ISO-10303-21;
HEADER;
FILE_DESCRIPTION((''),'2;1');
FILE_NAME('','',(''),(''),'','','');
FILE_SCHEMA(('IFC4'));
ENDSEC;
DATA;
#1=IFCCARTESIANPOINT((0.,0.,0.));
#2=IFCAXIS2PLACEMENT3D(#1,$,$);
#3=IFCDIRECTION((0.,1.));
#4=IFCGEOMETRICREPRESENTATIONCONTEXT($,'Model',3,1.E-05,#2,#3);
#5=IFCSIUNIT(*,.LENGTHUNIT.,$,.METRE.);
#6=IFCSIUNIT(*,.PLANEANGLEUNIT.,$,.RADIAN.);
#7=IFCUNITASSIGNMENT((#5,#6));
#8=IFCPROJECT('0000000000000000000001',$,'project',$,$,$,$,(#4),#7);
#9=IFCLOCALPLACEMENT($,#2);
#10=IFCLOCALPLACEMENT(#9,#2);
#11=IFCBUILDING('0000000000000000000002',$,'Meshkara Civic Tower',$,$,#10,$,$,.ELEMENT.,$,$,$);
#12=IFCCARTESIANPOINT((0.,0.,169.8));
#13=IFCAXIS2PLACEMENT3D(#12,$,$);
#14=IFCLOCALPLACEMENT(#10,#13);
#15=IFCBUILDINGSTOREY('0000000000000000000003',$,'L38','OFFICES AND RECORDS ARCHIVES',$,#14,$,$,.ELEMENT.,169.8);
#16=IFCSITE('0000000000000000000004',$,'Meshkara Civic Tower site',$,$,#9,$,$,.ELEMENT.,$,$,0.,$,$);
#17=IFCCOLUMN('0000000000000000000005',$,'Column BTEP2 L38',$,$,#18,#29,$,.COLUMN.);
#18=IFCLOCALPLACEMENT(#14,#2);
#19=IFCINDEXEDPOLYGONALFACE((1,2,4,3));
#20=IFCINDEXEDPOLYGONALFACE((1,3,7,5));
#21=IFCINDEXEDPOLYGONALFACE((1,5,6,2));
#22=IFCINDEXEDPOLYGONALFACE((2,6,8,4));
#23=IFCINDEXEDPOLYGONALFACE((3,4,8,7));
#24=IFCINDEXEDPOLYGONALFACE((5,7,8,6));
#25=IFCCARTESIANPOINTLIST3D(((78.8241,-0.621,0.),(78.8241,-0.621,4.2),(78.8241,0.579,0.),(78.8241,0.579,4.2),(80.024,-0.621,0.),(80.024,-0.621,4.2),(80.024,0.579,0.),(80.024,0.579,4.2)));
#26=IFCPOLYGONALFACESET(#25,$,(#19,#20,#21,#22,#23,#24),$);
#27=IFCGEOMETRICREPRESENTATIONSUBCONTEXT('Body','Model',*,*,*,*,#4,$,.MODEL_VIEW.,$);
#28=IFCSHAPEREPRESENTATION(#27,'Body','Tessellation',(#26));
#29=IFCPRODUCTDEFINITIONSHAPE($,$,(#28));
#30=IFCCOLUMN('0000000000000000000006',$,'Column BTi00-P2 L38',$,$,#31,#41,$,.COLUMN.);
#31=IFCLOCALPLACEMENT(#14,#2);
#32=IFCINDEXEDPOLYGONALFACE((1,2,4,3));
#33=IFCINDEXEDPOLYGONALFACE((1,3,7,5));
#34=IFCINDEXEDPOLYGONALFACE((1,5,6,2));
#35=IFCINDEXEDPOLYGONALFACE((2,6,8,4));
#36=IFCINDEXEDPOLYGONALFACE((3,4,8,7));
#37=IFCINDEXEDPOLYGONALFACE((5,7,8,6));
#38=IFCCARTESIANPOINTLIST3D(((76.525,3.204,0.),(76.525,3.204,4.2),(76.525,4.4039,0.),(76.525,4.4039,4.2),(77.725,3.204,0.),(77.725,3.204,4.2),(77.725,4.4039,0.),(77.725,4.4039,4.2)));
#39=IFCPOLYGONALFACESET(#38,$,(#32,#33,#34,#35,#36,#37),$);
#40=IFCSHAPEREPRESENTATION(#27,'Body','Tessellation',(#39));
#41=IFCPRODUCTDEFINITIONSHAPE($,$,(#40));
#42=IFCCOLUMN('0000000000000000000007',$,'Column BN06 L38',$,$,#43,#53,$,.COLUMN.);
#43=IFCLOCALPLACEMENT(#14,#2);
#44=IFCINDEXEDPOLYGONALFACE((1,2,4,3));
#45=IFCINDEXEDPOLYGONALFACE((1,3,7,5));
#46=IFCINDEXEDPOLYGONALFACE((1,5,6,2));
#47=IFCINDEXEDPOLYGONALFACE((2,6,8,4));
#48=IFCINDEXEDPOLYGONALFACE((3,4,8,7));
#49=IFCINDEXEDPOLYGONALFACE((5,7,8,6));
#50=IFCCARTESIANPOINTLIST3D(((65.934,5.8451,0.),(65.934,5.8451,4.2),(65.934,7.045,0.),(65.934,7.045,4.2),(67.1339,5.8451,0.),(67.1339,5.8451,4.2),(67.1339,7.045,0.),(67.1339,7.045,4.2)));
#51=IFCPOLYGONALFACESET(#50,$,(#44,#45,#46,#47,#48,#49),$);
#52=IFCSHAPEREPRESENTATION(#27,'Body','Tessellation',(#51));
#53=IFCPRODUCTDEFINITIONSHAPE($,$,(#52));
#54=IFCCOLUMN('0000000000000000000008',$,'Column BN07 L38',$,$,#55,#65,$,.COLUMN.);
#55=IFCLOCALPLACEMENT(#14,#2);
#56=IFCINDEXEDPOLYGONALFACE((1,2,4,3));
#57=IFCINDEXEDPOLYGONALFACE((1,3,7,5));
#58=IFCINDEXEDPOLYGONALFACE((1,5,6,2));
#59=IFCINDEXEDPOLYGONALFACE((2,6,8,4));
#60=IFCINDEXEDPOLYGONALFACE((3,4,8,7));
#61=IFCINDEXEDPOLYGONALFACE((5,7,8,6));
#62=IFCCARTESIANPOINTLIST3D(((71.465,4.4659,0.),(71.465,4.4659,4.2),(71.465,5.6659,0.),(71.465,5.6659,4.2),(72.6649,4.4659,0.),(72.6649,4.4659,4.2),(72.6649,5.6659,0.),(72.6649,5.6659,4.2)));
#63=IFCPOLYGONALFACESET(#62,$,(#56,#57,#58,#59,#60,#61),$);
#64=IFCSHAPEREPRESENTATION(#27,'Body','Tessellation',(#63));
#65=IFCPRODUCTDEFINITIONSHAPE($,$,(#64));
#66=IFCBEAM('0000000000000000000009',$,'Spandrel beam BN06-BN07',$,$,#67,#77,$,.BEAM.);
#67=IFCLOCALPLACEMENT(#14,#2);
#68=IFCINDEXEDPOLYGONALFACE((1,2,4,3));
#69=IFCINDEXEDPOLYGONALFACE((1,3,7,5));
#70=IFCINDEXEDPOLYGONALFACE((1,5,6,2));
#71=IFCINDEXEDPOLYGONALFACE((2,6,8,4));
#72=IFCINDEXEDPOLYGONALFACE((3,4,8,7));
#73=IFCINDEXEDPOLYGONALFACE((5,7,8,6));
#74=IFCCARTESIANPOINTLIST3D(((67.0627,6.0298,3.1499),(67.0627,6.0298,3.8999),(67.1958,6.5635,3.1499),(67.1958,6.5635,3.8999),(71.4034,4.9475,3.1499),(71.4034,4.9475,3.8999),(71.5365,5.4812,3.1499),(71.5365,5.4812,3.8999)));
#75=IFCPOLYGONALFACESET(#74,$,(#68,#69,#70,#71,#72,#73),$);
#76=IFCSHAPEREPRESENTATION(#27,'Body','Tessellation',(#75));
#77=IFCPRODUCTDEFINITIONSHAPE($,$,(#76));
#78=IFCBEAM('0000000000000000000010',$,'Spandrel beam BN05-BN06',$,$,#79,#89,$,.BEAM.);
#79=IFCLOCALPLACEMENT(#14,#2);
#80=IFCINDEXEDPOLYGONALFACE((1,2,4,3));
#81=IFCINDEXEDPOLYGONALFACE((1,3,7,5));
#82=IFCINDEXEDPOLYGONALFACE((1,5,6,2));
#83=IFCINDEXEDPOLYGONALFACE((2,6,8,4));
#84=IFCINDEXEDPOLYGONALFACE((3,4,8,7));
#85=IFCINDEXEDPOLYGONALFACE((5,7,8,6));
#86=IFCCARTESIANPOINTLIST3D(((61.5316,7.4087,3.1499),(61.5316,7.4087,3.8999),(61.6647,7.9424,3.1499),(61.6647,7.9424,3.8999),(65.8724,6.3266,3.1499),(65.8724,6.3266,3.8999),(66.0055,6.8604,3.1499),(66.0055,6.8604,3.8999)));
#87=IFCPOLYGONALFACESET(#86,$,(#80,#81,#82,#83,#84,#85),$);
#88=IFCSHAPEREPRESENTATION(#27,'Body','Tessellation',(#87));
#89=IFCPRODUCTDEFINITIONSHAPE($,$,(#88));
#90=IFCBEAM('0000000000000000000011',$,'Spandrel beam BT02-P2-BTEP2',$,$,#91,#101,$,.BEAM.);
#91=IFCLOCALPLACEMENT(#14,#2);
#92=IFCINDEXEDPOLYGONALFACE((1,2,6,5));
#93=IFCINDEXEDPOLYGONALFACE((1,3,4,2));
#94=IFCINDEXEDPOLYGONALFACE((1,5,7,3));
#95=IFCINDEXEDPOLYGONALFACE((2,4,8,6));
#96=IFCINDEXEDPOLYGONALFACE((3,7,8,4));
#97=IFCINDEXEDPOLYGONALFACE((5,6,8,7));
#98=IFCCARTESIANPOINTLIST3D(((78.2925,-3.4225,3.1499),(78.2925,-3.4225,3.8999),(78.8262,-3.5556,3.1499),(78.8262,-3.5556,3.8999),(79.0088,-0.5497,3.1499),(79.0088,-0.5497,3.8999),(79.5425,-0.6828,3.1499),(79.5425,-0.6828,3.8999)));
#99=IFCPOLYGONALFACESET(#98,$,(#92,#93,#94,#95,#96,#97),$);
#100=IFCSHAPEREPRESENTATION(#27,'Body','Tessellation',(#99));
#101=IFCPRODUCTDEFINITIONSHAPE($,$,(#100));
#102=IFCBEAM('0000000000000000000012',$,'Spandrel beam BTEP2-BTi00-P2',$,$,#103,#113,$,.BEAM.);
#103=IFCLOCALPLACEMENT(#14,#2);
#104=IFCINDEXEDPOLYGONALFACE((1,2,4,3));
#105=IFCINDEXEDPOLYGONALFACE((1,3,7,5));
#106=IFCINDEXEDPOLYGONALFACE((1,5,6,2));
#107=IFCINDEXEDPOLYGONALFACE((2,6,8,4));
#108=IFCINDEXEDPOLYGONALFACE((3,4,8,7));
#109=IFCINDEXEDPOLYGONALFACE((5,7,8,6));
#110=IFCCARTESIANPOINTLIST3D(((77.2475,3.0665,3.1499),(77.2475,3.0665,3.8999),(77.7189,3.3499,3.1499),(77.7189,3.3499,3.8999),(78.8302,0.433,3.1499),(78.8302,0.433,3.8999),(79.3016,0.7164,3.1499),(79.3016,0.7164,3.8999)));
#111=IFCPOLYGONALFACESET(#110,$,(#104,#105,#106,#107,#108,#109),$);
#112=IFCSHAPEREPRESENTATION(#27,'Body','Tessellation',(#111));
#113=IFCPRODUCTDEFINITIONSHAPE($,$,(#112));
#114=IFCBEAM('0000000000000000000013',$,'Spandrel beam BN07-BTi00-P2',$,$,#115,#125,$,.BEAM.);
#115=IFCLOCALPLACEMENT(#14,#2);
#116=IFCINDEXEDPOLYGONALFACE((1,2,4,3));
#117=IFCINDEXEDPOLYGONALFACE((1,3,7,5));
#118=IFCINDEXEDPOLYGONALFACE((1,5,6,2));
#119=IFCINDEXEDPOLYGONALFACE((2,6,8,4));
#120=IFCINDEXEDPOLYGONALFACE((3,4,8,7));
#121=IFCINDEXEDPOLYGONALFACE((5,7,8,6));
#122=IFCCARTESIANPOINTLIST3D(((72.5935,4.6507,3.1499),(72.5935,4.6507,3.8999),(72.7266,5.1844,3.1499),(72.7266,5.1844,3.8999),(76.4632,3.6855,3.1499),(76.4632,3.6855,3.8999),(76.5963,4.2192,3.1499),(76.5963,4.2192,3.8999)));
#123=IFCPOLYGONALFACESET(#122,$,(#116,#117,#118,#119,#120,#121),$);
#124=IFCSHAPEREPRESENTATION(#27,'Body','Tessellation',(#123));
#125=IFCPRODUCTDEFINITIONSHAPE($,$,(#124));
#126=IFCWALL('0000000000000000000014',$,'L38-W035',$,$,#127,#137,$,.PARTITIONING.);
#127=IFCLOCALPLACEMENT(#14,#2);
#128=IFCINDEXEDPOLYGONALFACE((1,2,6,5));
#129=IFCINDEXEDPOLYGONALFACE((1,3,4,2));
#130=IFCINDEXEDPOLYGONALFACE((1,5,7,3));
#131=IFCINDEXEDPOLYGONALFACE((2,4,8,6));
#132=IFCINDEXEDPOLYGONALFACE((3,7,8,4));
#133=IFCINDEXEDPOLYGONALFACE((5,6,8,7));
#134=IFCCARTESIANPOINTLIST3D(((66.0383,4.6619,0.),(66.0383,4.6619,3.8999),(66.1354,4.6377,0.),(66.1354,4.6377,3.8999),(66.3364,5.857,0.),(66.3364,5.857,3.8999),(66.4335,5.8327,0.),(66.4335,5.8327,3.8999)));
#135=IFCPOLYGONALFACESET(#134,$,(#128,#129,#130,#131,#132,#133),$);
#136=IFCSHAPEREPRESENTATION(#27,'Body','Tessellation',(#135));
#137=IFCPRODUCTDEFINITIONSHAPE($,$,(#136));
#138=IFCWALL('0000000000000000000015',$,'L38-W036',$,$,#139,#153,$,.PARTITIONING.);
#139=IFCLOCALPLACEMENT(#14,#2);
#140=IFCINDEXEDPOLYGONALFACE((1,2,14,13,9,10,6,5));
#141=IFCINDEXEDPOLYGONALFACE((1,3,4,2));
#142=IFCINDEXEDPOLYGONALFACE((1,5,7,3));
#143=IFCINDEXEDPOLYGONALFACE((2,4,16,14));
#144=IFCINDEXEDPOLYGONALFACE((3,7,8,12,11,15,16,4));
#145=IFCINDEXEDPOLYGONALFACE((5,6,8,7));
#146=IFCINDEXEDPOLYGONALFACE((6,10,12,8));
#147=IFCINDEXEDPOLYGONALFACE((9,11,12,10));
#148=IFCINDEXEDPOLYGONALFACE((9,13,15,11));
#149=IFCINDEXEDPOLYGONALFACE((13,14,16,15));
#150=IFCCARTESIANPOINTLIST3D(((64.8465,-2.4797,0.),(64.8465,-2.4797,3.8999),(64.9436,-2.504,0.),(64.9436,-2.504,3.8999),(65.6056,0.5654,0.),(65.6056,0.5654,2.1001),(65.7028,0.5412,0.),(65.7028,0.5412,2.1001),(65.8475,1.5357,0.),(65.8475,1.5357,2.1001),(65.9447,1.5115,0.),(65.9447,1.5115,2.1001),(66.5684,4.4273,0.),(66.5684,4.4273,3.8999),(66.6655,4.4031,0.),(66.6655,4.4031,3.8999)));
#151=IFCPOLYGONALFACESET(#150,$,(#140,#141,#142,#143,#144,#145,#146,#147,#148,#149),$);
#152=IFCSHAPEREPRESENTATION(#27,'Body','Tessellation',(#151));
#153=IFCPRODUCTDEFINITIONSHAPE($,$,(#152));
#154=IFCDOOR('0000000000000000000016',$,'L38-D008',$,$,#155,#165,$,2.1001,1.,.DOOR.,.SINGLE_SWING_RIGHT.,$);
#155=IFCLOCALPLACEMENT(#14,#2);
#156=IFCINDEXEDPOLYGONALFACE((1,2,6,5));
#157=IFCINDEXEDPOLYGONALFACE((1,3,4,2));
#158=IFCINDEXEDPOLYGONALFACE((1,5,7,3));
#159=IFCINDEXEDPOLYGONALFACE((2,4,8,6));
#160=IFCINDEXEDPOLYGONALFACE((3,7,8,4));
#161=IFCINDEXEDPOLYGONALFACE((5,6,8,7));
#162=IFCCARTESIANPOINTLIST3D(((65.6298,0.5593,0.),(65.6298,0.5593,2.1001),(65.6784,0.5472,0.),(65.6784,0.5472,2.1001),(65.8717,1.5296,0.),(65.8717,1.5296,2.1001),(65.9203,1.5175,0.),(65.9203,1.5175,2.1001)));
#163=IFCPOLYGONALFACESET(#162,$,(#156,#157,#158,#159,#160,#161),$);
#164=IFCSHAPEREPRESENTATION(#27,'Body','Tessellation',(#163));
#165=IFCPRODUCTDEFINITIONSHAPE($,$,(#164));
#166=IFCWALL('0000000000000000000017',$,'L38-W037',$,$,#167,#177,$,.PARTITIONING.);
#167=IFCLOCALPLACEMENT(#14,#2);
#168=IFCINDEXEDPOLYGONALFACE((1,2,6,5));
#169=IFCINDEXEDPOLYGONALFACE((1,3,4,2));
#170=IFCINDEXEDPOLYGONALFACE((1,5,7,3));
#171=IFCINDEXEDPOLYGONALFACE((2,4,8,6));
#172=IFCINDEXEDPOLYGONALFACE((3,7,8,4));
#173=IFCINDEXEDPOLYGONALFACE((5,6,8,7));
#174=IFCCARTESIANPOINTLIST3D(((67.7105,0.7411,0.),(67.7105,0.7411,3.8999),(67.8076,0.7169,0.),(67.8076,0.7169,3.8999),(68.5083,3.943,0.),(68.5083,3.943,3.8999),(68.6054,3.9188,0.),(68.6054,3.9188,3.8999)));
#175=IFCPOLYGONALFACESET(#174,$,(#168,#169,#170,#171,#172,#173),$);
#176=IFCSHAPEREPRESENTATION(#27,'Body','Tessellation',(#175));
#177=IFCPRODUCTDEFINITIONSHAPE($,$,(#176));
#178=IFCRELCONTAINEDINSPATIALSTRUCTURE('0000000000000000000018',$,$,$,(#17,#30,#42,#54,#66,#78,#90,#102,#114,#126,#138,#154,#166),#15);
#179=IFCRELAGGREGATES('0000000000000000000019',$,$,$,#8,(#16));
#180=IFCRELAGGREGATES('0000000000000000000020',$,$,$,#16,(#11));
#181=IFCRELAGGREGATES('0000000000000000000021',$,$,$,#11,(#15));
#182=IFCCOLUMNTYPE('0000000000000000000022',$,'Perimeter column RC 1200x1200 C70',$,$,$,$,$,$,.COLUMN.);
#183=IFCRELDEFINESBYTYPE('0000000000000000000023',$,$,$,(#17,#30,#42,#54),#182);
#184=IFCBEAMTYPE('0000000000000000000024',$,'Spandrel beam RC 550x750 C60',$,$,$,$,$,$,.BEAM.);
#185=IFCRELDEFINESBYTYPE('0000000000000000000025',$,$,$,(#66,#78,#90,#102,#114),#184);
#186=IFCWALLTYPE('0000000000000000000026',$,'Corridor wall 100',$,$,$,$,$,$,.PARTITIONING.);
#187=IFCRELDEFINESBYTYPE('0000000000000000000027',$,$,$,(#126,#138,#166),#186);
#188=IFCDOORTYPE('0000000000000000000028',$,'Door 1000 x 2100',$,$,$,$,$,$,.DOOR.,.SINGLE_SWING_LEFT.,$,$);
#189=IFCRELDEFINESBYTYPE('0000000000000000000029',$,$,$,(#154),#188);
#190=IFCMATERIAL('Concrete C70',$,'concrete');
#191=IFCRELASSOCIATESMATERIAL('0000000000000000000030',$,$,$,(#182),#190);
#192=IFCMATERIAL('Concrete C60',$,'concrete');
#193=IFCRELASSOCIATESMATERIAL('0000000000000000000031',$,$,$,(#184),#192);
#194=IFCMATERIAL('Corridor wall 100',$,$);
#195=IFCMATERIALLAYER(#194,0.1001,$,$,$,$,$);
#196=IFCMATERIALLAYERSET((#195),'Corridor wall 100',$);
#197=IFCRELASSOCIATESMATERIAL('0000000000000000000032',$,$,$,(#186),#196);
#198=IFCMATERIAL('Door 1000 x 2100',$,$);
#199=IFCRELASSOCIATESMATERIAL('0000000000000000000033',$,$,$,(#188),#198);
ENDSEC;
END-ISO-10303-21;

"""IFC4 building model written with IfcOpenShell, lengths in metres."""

from ifc_helpers import new_model, si_unit, direction, frame, frame_2d, origin, origin_2d, place, context, subcontext, project, spatial, rectangle, extrude, material, layer, layer_set, material_profile, profile_set, type_object, element, fill, save


model = new_model("IFC4")

# Units and contexts
model_context = context("Model", 3, precision=1e-05, world=origin(), true_north=direction((0.0, 1.0)))
body_context = subcontext(model_context, "Body", "Model", "MODEL_VIEW")
ifc_project = project(units=[si_unit("LENGTHUNIT", "METRE"), si_unit("PLANEANGLEUNIT", "RADIAN")], contexts=[model_context])

# Site, building, storey
site_placement = place(None, origin())
site = spatial("IfcSite", under=ifc_project, at=site_placement, Name="Meshkara Civic Tower site", CompositionType="ELEMENT", RefElevation=0.0)
building_placement = place(site_placement, origin())
building = spatial("IfcBuilding", under=site, at=building_placement, Name="Meshkara Civic Tower", CompositionType="ELEMENT")
storey_placement = place(building_placement, frame((0.0, 0.0, 169.8)))
storey = spatial("IfcBuildingStorey", under=building, at=storey_placement, Name="L38", Description="OFFICES AND RECORDS ARCHIVES", CompositionType="ELEMENT", Elevation=169.8)

# Columns
ifc_material_1 = material(Name="Concrete C70", Category="concrete")
ifc_material_profile_1 = material_profile(ifc_material_1, rectangle(XDim=1.2, YDim=1.2, at=origin_2d()))
ifc_profile_set_1 = profile_set([ifc_material_profile_1], Name="Concrete C70")
column_type = type_object("IfcColumnType", Name="Perimeter column RC 1200x1200 C70", PredefinedType="COLUMN", material=ifc_profile_set_1)
for number, where, z_axis, x_axis, name in (
    (1, (79.4241, -0.021, 0.0), (0.0, 0.0, 1.0), (1.0, 0.0, 0.0), "Column BTEP2 L38"),
    (2, (77.125, 3.804, 0.0), (0.0, 0.0, 1.0), (1.0, 0.0, 0.0), "Column BTi00-P2 L38"),
    (3, (66.5339, 6.4451, 0.0), (0.0, 0.0, 1.0), (1.0, 0.0, 0.0), "Column BN06 L38"),
    (4, (72.0649, 5.0659, 0.0), (0.0, 0.0, 1.0), (1.0, 0.0, 0.0), "Column BN07 L38"),
):
    element("IfcColumn", number, at=place(storey_placement, frame(where, z_axis=z_axis, x_axis=x_axis)), inside=storey, type_object=column_type, Name=name, PredefinedType="COLUMN", context=body_context, shape_type="SweptSolid", body=[
        extrude(rectangle(XDim=1.2, YDim=1.2, at=origin_2d()), origin(), (0.0, 0.0, 1.0), 4.2),
    ])

# Beams
ifc_material_2 = material(Name="Concrete C60", Category="concrete")
ifc_material_profile_2 = material_profile(ifc_material_2, rectangle(XDim=0.55, YDim=0.75, at=origin_2d()))
ifc_profile_set_2 = profile_set([ifc_material_profile_2], Name="Concrete C60")
beam_type = type_object("IfcBeamType", Name="Spandrel beam RC 550x750 C60", PredefinedType="BEAM", material=ifc_profile_set_2)
for number, where, z_axis, x_axis, name in (
    (5, (71.47, 5.2144, 3.5249), (-0.970296, 0.241919, 0.0), (-0.241919, -0.970296, 0.0), "Spandrel beam BN06-BN07"),
    (6, (65.939, 6.5935, 3.5249), (-0.970309, 0.241868, 0.0), (-0.241868, -0.970309, 0.0), "Spandrel beam BN05-BN06"),
):
    element("IfcBeam", number, at=place(storey_placement, frame(where, z_axis=z_axis, x_axis=x_axis)), inside=storey, type_object=beam_type, Name=name, PredefinedType="BEAM", context=body_context, shape_type="SweptSolid", body=[
        extrude(rectangle(XDim=0.55, YDim=0.75, at=origin_2d()), origin(), (0.0, 0.0, 1.0), 4.4736),
    ])
beam_1_placement = place(storey_placement, frame((78.5593, -3.489, 3.5249), z_axis=(0.241934, 0.970293, 0.0), x_axis=(-0.970293, 0.241934, 0.0)))
element("IfcBeam", 7, at=beam_1_placement, inside=storey, type_object=beam_type, Name="Spandrel beam BT02-P2-BTEP2", PredefinedType="BEAM", context=body_context, shape_type="SweptSolid", body=[
    extrude(rectangle(XDim=0.55, YDim=0.75, at=origin_2d()), origin(), (0.0, 0.0, 1.0), 2.9607),
])
beam_2_placement = place(storey_placement, frame((79.0659, 0.5747, 3.5249), z_axis=(-0.515127, 0.857114, 0.0), x_axis=(-0.857114, -0.515127, 0.0)))
element("IfcBeam", 8, at=beam_2_placement, inside=storey, type_object=beam_type, Name="Spandrel beam BTEP2-BTi00-P2", PredefinedType="BEAM", context=body_context, shape_type="SweptSolid", body=[
    extrude(rectangle(XDim=0.55, YDim=0.75, at=origin_2d()), origin(), (0.0, 0.0, 1.0), 3.0725),
])
beam_3_placement = place(storey_placement, frame((76.5298, 3.9524, 3.5249), z_axis=(-0.970279, 0.241988, 0.0), x_axis=(-0.241988, -0.970279, 0.0)))
element("IfcBeam", 9, at=beam_3_placement, inside=storey, type_object=beam_type, Name="Spandrel beam BN07-BTi00-P2", PredefinedType="BEAM", context=body_context, shape_type="SweptSolid", body=[
    extrude(rectangle(XDim=0.55, YDim=0.75, at=origin_2d()), origin(), (0.0, 0.0, 1.0), 3.9883),
])

# Wall
ifc_material_3 = material(Name="Corridor wall 100")
ifc_layer_1 = layer(ifc_material_3, 0.1001)
ifc_layer_set_1 = layer_set([ifc_layer_1], Name="Corridor wall 100")
wall_type_1 = type_object("IfcWallType", Name="Corridor wall 100", PredefinedType="PARTITIONING", material=ifc_layer_set_1)
wall_1_placement = place(storey_placement, frame((66.0869, 4.6499, 0.0), z_axis=(0.0, 0.0, 1.0), x_axis=(0.242023, 0.970271, 0.0)))
element("IfcWall", 10, at=wall_1_placement, inside=storey, type_object=wall_type_1, Name="L38-W035", PredefinedType="PARTITIONING", context=body_context, shape_type="SweptSolid", body=[
    extrude(rectangle(XDim=1.2317, YDim=0.1001, at=frame_2d((0.6157, 0.0))), origin(), (0.0, 0.0, 1.0), 3.8999),
])

# Wall, opening, door
wall_2_placement = place(storey_placement, frame((66.6169, 4.415, 0.0), z_axis=(0.0, 0.0, 1.0), x_axis=(-0.241898, -0.970302, 0.0)))
wall_2 = element("IfcWall", 11, at=wall_2_placement, inside=storey, type_object=wall_type_1, Name="L38-W036", PredefinedType="PARTITIONING", context=body_context, shape_type="SweptSolid", body=[
    extrude(rectangle(XDim=7.1184, YDim=0.1001, at=frame_2d((3.5591, 0.0))), origin(), (0.0, 0.0, 1.0), 3.8999),
])
opening_1_placement = place(wall_2_placement, frame((2.98, 0.0, 0.0)))
opening_1 = element("IfcOpeningElement", 12, at=opening_1_placement, cuts=wall_2, PredefinedType="OPENING", context=body_context, shape_type="SweptSolid", body=[
    extrude(rectangle(XDim=1.0, YDim=2.1001, at=frame_2d((0.5, 1.05))), frame((0.0, 0.0601, 0.0), z_axis=(0.0, -1.0, 0.0), x_axis=(1.0, 0.0, 0.0)), (0.0, 0.0, 1.0), 0.1201),
])
ifc_material_4 = material(Name="Door 1000 x 2100")
door_type = type_object("IfcDoorType", Name="Door 1000 x 2100", OperationType="SINGLE_SWING_LEFT", PredefinedType="DOOR", material=ifc_material_4)
door_1_placement = place(opening_1_placement, origin())
door_1 = element("IfcDoor", 13, at=door_1_placement, inside=storey, type_object=door_type, Name="L38-D008", OperationType="SINGLE_SWING_RIGHT", OverallHeight=2.1001, OverallWidth=1.0, PredefinedType="DOOR", context=body_context, shape_type="SweptSolid", body=[
    extrude(rectangle(XDim=1.0, YDim=2.1001, at=frame_2d((0.5, 1.05))), frame((0.0, 0.0249, 0.0), z_axis=(0.0, -1.0, 0.0), x_axis=(1.0, 0.0, 0.0)), (0.0, 0.0, 1.0), 0.05),
])
fill(opening_1, door_1)

# Wall
wall_3_placement = place(storey_placement, frame((67.759, 0.729, 0.0), z_axis=(0.0, 0.0, 1.0), x_axis=(0.241787, 0.970329, 0.0)))
element("IfcWall", 14, at=wall_3_placement, inside=storey, type_object=wall_type_1, Name="L38-W037", PredefinedType="PARTITIONING", context=body_context, shape_type="SweptSolid", body=[
    extrude(rectangle(XDim=3.2998, YDim=0.1001, at=frame_2d((1.6499, 0.0))), origin(), (0.0, 0.0, 1.0), 3.8999),
])

save(model, "model.ifc")
